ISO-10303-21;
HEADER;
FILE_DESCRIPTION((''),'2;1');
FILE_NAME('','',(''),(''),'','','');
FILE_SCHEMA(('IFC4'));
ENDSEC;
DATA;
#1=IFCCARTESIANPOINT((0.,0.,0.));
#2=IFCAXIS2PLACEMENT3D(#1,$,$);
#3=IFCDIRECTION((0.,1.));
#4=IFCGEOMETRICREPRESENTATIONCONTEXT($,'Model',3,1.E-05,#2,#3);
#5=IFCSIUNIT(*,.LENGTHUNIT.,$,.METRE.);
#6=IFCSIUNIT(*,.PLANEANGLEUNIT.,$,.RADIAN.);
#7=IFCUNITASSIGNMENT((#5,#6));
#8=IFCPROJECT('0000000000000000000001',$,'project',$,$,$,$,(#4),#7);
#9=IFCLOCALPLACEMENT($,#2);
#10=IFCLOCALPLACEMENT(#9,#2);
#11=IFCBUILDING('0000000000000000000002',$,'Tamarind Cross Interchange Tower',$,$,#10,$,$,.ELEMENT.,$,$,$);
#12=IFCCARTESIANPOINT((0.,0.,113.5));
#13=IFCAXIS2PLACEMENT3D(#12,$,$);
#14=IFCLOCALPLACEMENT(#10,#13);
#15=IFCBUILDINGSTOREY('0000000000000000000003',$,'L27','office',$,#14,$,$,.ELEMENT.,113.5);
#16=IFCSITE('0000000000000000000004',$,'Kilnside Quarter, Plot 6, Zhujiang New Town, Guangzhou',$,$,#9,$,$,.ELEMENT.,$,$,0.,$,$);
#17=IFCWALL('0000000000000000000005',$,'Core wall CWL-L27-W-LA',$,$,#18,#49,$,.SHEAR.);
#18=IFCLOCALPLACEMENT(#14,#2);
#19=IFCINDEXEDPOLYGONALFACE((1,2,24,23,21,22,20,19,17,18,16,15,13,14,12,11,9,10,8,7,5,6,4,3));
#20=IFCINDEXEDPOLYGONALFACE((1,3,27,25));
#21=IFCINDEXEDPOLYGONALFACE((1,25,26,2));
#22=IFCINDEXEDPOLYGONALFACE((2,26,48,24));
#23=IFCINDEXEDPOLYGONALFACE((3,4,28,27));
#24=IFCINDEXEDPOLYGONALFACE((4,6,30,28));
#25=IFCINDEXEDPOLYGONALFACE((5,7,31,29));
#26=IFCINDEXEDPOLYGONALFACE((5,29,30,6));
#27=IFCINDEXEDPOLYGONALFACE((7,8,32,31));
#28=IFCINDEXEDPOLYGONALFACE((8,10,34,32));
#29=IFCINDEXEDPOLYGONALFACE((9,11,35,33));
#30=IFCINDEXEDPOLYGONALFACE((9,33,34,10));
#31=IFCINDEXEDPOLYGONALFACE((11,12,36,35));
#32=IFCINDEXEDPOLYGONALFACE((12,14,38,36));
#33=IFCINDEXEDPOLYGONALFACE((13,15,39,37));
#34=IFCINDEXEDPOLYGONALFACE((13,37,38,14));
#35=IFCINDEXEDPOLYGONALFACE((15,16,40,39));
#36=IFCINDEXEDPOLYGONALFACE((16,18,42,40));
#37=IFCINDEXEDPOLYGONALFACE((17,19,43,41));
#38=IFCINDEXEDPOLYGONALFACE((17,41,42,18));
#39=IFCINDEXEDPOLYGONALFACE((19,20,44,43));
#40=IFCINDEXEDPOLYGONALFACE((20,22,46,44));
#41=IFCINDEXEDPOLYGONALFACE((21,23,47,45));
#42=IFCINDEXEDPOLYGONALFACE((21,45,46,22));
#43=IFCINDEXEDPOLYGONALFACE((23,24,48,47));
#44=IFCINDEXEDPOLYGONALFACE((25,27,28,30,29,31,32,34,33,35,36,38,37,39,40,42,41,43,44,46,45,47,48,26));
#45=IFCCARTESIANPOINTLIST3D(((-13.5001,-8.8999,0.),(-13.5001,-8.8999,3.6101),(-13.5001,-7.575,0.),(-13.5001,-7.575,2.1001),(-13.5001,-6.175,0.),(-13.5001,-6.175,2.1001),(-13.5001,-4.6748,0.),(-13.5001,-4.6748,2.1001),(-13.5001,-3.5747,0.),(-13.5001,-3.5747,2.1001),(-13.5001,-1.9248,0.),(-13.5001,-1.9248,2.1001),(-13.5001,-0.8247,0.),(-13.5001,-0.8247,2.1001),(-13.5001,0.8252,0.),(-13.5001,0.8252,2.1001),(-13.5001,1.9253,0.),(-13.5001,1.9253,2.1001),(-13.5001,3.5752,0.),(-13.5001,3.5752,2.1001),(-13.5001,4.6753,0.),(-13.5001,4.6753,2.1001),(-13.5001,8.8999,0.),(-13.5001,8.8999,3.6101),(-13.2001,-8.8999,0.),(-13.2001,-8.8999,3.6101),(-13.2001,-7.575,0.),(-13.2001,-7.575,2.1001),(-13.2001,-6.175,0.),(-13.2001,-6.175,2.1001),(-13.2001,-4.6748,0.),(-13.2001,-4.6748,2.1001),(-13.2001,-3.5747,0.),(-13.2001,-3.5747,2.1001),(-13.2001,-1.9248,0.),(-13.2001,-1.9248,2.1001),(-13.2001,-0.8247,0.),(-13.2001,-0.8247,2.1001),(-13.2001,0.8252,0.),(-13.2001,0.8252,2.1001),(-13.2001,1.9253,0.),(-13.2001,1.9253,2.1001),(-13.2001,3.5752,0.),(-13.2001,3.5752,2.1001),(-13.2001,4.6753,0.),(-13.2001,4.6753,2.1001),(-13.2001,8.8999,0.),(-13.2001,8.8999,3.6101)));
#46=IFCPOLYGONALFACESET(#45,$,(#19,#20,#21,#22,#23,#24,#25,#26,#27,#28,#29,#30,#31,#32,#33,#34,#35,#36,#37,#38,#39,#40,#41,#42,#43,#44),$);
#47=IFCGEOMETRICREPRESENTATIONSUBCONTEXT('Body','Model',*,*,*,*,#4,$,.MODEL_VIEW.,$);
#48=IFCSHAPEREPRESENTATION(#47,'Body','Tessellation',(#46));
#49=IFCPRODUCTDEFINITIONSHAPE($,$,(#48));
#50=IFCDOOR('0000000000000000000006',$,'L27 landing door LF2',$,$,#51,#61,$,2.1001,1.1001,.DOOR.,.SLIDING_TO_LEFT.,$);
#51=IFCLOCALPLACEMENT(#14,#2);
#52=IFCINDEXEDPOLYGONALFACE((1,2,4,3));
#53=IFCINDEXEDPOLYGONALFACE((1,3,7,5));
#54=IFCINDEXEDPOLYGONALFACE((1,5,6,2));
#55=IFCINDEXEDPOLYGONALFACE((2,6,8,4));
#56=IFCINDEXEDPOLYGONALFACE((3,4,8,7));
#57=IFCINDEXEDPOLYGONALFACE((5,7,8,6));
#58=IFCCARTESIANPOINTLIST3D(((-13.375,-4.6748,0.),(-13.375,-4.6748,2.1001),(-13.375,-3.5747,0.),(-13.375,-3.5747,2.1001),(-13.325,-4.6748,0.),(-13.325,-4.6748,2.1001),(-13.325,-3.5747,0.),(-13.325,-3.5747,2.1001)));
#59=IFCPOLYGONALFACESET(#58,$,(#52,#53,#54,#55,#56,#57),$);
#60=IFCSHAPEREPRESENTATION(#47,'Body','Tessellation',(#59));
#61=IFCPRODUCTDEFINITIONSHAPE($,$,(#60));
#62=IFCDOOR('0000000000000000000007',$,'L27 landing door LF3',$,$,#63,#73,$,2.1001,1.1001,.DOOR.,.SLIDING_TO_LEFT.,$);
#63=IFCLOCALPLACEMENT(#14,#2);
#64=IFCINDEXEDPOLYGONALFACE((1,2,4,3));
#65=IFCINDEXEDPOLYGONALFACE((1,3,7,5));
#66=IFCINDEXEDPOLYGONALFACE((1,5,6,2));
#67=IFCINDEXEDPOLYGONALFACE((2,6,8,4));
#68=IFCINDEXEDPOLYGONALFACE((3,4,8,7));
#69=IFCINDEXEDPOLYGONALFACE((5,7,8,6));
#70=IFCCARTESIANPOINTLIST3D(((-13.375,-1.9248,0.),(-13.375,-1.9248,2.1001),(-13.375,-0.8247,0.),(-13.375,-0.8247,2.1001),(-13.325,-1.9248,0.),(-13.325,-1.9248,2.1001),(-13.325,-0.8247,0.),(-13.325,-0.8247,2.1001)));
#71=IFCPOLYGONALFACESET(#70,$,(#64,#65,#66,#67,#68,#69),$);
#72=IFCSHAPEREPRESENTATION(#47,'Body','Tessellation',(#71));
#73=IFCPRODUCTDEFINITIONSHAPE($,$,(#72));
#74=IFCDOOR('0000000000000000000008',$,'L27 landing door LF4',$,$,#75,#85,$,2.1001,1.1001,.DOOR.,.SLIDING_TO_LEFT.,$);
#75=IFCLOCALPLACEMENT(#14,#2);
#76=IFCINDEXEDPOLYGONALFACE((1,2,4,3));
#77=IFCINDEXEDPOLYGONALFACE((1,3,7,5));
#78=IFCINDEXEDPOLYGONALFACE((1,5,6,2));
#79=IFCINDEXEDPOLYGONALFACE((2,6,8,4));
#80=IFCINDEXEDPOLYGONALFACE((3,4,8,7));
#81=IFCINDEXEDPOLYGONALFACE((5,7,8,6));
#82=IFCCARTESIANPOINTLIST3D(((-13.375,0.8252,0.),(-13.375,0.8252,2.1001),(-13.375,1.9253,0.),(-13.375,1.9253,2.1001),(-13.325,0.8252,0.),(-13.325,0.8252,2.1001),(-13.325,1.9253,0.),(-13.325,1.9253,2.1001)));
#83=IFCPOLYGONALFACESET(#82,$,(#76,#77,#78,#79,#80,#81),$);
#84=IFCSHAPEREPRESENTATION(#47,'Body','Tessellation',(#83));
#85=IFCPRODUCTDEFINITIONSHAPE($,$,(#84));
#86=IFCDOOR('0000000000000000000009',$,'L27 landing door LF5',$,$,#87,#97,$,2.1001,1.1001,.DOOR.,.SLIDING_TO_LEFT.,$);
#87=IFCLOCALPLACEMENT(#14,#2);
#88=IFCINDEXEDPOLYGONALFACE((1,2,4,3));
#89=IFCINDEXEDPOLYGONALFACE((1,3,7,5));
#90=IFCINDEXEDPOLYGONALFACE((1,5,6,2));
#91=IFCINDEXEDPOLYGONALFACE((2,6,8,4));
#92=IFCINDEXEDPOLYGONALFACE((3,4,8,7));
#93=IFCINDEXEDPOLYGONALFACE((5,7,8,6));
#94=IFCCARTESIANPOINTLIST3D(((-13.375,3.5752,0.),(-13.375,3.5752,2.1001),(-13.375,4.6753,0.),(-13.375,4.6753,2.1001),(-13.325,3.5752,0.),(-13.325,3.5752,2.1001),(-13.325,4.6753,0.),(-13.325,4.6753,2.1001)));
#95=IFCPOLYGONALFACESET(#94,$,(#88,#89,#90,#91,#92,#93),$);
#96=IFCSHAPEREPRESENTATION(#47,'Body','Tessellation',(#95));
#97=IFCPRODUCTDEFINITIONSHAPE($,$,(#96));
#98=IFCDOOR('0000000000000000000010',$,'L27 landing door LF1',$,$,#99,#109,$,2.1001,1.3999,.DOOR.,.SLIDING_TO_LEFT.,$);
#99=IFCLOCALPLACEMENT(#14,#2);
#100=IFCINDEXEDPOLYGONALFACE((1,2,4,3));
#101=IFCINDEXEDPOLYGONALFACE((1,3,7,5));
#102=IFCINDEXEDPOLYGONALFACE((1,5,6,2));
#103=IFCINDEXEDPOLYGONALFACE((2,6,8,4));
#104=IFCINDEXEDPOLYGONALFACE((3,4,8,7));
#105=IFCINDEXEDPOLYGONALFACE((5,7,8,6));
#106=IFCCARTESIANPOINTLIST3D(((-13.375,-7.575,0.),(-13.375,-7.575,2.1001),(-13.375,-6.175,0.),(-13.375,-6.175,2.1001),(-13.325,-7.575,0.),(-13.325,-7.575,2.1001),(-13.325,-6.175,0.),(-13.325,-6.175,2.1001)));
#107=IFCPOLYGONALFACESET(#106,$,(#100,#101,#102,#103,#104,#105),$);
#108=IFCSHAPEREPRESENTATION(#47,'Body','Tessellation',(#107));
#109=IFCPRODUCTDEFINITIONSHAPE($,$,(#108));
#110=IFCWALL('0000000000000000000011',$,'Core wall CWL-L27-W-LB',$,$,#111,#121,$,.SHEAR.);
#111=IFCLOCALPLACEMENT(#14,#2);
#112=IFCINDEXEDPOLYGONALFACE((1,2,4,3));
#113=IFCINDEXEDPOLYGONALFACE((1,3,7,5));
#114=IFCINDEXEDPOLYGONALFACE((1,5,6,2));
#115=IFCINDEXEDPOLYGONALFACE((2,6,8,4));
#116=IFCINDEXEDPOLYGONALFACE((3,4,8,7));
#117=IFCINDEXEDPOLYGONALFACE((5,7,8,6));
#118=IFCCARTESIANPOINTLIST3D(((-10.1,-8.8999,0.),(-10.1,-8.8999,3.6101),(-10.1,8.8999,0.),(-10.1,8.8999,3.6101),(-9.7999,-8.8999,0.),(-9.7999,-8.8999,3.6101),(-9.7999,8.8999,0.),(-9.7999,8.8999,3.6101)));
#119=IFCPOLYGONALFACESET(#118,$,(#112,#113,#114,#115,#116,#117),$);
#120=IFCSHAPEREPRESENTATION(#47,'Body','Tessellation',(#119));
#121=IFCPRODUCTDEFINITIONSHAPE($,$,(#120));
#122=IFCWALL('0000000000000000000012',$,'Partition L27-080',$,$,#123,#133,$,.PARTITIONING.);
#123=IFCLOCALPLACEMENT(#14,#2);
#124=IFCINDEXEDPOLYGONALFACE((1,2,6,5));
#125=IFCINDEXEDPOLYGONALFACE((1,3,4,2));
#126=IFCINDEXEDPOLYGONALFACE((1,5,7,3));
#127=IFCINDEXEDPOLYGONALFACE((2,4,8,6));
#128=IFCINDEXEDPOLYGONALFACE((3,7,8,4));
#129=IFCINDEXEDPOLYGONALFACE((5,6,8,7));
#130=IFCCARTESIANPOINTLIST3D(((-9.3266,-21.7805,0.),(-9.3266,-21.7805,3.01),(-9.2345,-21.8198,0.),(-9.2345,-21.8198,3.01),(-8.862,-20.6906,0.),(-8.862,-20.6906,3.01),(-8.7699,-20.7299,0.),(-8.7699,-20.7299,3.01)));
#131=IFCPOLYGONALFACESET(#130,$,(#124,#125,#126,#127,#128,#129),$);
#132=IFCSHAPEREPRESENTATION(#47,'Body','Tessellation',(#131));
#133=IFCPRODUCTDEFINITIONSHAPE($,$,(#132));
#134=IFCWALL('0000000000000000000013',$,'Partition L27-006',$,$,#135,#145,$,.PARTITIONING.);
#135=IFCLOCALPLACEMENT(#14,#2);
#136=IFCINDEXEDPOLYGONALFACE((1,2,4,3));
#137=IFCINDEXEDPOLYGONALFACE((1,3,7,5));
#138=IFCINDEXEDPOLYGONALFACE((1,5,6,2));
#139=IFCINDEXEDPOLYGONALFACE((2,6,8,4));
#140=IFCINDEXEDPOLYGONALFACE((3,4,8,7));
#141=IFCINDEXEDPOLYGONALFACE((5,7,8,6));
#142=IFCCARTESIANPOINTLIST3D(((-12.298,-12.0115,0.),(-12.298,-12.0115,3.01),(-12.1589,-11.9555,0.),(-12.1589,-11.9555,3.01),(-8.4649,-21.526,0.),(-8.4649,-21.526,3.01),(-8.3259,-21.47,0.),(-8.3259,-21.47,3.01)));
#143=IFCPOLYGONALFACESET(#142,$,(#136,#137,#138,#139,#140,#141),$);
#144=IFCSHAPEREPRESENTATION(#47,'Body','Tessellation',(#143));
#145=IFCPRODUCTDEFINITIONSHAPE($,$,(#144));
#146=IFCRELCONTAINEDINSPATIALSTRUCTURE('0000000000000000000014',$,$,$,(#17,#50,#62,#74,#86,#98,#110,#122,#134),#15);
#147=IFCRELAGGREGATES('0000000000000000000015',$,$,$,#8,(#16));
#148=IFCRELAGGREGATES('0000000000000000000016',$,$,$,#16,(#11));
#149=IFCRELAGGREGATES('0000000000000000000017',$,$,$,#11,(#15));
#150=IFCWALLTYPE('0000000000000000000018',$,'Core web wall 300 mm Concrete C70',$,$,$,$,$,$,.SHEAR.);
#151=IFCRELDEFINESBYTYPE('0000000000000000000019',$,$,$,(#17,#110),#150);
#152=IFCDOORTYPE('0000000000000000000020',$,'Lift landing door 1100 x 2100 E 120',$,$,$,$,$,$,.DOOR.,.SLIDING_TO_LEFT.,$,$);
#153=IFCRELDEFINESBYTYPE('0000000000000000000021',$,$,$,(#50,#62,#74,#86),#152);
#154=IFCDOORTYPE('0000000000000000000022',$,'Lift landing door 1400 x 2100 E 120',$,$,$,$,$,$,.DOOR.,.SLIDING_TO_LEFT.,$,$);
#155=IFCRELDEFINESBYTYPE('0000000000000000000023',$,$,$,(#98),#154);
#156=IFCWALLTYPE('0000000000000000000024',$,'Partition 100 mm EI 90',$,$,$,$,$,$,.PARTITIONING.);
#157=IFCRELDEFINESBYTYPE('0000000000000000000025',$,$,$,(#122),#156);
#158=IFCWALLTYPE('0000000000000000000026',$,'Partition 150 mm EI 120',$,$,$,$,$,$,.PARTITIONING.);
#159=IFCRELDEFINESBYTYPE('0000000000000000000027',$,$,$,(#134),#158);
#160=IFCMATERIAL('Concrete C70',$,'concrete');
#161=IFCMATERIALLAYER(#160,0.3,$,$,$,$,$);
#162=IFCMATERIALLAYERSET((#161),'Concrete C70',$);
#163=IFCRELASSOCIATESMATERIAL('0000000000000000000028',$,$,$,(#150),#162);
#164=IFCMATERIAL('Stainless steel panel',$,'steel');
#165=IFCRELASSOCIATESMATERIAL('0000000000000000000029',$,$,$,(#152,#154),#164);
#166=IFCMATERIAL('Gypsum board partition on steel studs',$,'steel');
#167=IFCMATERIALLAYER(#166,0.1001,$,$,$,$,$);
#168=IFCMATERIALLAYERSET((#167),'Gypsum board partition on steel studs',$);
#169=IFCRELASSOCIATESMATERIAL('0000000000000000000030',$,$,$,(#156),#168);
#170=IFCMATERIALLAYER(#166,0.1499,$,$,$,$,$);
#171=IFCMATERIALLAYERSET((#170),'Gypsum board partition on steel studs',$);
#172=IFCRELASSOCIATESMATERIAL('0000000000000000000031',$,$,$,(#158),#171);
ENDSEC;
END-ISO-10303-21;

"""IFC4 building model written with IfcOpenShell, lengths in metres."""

from ifc_helpers import new_model, si_unit, direction, frame, frame_2d, origin, place, context, subcontext, project, spatial, rectangle, extrude, material, layer, layer_set, type_object, element, fill, save


model = new_model("IFC4")

# Units and contexts
model_context = context("Model", 3, precision=1e-05, world=origin(), true_north=direction((0.0, 1.0)))
body_context = subcontext(model_context, "Body", "Model", "MODEL_VIEW")
ifc_project = project(units=[si_unit("LENGTHUNIT", "METRE"), si_unit("PLANEANGLEUNIT", "RADIAN")], contexts=[model_context])

# Site, building, storey
site_placement = place(None, origin())
site = spatial("IfcSite", under=ifc_project, at=site_placement, Name="Kilnside Quarter, Plot 6, Zhujiang New Town, Guangzhou", CompositionType="ELEMENT", RefElevation=0.0)
building_placement = place(site_placement, origin())
building = spatial("IfcBuilding", under=site, at=building_placement, Name="Tamarind Cross Interchange Tower", CompositionType="ELEMENT")
storey_placement = place(building_placement, frame((0.0, 0.0, 113.5)))
storey = spatial("IfcBuildingStorey", under=building, at=storey_placement, Name="L27", Description="office", CompositionType="ELEMENT", Elevation=113.5)

# Shared definitions
ifc_material_1 = material(Name="Concrete C70", Category="concrete")

# Shared definitions
ifc_layer_1 = layer(ifc_material_1, 0.3)
ifc_layer_set_1 = layer_set([ifc_layer_1], Name="Concrete C70")
wall_type_1 = type_object("IfcWallType", Name="Core web wall 300 mm Concrete C70", PredefinedType="SHEAR", material=ifc_layer_set_1)

# Wall, openings, doors
wall_1_placement = place(storey_placement, frame((-13.3501, -8.8999, 0.0), z_axis=(0.0, 0.0, 1.0), x_axis=(0.0, 1.0, 0.0)))
wall_1 = element("IfcWall", 1, at=wall_1_placement, inside=storey, type_object=wall_type_1, Name="Core wall CWL-L27-W-LA", PredefinedType="SHEAR", context=body_context, shape_type="SweptSolid", body=[
    extrude(rectangle(XDim=17.7998, YDim=0.3, at=frame_2d((8.8999, 0.0))), origin(), (0.0, 0.0, 1.0), 3.6101),
])
opening_1_placement = place(wall_1_placement, frame((1.325, 0.0, 0.0)))
opening_1 = element("IfcOpeningElement", 2, at=opening_1_placement, cuts=wall_1, PredefinedType="OPENING", context=body_context, shape_type="SweptSolid", body=[
    extrude(rectangle(XDim=1.3999, YDim=2.1001, at=frame_2d((0.7, 1.05))), frame((0.0, 0.1599, 0.0), z_axis=(0.0, -1.0, 0.0), x_axis=(1.0, 0.0, 0.0)), (0.0, 0.0, 1.0), 0.3201),
])
opening_2_placement = place(wall_1_placement, frame((4.2251, 0.0, 0.0)))
opening_2 = element("IfcOpeningElement", 3, at=opening_2_placement, cuts=wall_1, PredefinedType="OPENING", context=body_context, shape_type="SweptSolid", body=[
    extrude(rectangle(XDim=1.1001, YDim=2.1001, at=frame_2d((0.55, 1.05))), frame((0.0, 0.1599, 0.0), z_axis=(0.0, -1.0, 0.0), x_axis=(1.0, 0.0, 0.0)), (0.0, 0.0, 1.0), 0.3201),
])
opening_3_placement = place(wall_1_placement, frame((6.9751, 0.0, 0.0)))
opening_3 = element("IfcOpeningElement", 4, at=opening_3_placement, cuts=wall_1, PredefinedType="OPENING", context=body_context, shape_type="SweptSolid", body=[
    extrude(rectangle(XDim=1.1001, YDim=2.1001, at=frame_2d((0.55, 1.05))), frame((0.0, 0.1599, 0.0), z_axis=(0.0, -1.0, 0.0), x_axis=(1.0, 0.0, 0.0)), (0.0, 0.0, 1.0), 0.3201),
])
opening_4_placement = place(wall_1_placement, frame((9.7251, 0.0, 0.0)))
opening_4 = element("IfcOpeningElement", 5, at=opening_4_placement, cuts=wall_1, PredefinedType="OPENING", context=body_context, shape_type="SweptSolid", body=[
    extrude(rectangle(XDim=1.1001, YDim=2.1001, at=frame_2d((0.55, 1.05))), frame((0.0, 0.1599, 0.0), z_axis=(0.0, -1.0, 0.0), x_axis=(1.0, 0.0, 0.0)), (0.0, 0.0, 1.0), 0.3201),
])
opening_5_placement = place(wall_1_placement, frame((12.4751, 0.0, 0.0)))
opening_5 = element("IfcOpeningElement", 6, at=opening_5_placement, cuts=wall_1, PredefinedType="OPENING", context=body_context, shape_type="SweptSolid", body=[
    extrude(rectangle(XDim=1.1001, YDim=2.1001, at=frame_2d((0.55, 1.05))), frame((0.0, 0.1599, 0.0), z_axis=(0.0, -1.0, 0.0), x_axis=(1.0, 0.0, 0.0)), (0.0, 0.0, 1.0), 0.3201),
])
ifc_material_2 = material(Name="Stainless steel panel", Category="steel")
door_type_1 = type_object("IfcDoorType", Name="Lift landing door 1100 x 2100 E 120", OperationType="SLIDING_TO_LEFT", PredefinedType="DOOR", material=ifc_material_2)
door_1_placement = place(opening_2_placement, origin())
door_1 = element("IfcDoor", 7, at=door_1_placement, inside=storey, type_object=door_type_1, Name="L27 landing door LF2", OperationType="SLIDING_TO_LEFT", OverallHeight=2.1001, OverallWidth=1.1001, PredefinedType="DOOR", context=body_context, shape_type="SweptSolid", body=[
    extrude(rectangle(XDim=1.1001, YDim=2.1001, at=frame_2d((0.55, 1.05))), frame((0.0, 0.0249, 0.0), z_axis=(0.0, -1.0, 0.0), x_axis=(1.0, 0.0, 0.0)), (0.0, 0.0, 1.0), 0.05),
])
fill(opening_2, door_1)
door_2_placement = place(opening_3_placement, origin())
door_2 = element("IfcDoor", 8, at=door_2_placement, inside=storey, type_object=door_type_1, Name="L27 landing door LF3", OperationType="SLIDING_TO_LEFT", OverallHeight=2.1001, OverallWidth=1.1001, PredefinedType="DOOR", context=body_context, shape_type="SweptSolid", body=[
    extrude(rectangle(XDim=1.1001, YDim=2.1001, at=frame_2d((0.55, 1.05))), frame((0.0, 0.0249, 0.0), z_axis=(0.0, -1.0, 0.0), x_axis=(1.0, 0.0, 0.0)), (0.0, 0.0, 1.0), 0.05),
])
fill(opening_3, door_2)
door_3_placement = place(opening_4_placement, origin())
door_3 = element("IfcDoor", 9, at=door_3_placement, inside=storey, type_object=door_type_1, Name="L27 landing door LF4", OperationType="SLIDING_TO_LEFT", OverallHeight=2.1001, OverallWidth=1.1001, PredefinedType="DOOR", context=body_context, shape_type="SweptSolid", body=[
    extrude(rectangle(XDim=1.1001, YDim=2.1001, at=frame_2d((0.55, 1.05))), frame((0.0, 0.0249, 0.0), z_axis=(0.0, -1.0, 0.0), x_axis=(1.0, 0.0, 0.0)), (0.0, 0.0, 1.0), 0.05),
])
fill(opening_4, door_3)
door_4_placement = place(opening_5_placement, origin())
door_4 = element("IfcDoor", 10, at=door_4_placement, inside=storey, type_object=door_type_1, Name="L27 landing door LF5", OperationType="SLIDING_TO_LEFT", OverallHeight=2.1001, OverallWidth=1.1001, PredefinedType="DOOR", context=body_context, shape_type="SweptSolid", body=[
    extrude(rectangle(XDim=1.1001, YDim=2.1001, at=frame_2d((0.55, 1.05))), frame((0.0, 0.0249, 0.0), z_axis=(0.0, -1.0, 0.0), x_axis=(1.0, 0.0, 0.0)), (0.0, 0.0, 1.0), 0.05),
])
fill(opening_5, door_4)
door_type_2 = type_object("IfcDoorType", Name="Lift landing door 1400 x 2100 E 120", OperationType="SLIDING_TO_LEFT", PredefinedType="DOOR", material=ifc_material_2)
door_5_placement = place(opening_1_placement, origin())
door_5 = element("IfcDoor", 11, at=door_5_placement, inside=storey, type_object=door_type_2, Name="L27 landing door LF1", OperationType="SLIDING_TO_LEFT", OverallHeight=2.1001, OverallWidth=1.3999, PredefinedType="DOOR", context=body_context, shape_type="SweptSolid", body=[
    extrude(rectangle(XDim=1.3999, YDim=2.1001, at=frame_2d((0.7, 1.05))), frame((0.0, 0.0249, 0.0), z_axis=(0.0, -1.0, 0.0), x_axis=(1.0, 0.0, 0.0)), (0.0, 0.0, 1.0), 0.05),
])
fill(opening_1, door_5)

# Walls
wall_2_placement = place(storey_placement, frame((-9.95, -8.8999, 0.0), z_axis=(0.0, 0.0, 1.0), x_axis=(0.0, 1.0, 0.0)))
element("IfcWall", 12, at=wall_2_placement, inside=storey, type_object=wall_type_1, Name="Core wall CWL-L27-W-LB", PredefinedType="SHEAR", context=body_context, shape_type="SweptSolid", body=[
    extrude(rectangle(XDim=17.7998, YDim=0.3, at=frame_2d((8.8999, 0.0))), origin(), (0.0, 0.0, 1.0), 3.6101),
])
ifc_material_3 = material(Name="Gypsum board partition on steel studs", Category="steel")
ifc_layer_2 = layer(ifc_material_3, 0.1001)
ifc_layer_set_2 = layer_set([ifc_layer_2], Name="Gypsum board partition on steel studs")
wall_type_2 = type_object("IfcWallType", Name="Partition 100 mm EI 90", PredefinedType="PARTITIONING", material=ifc_layer_set_2)
wall_3_placement = place(storey_placement, frame((-9.2805, -21.8, 0.0), z_axis=(0.0, 0.0, 1.0), x_axis=(0.392153, 0.9199, 0.0)))
element("IfcWall", 13, at=wall_3_placement, inside=storey, type_object=wall_type_2, Name="Partition L27-080", PredefinedType="PARTITIONING", context=body_context, shape_type="SweptSolid", body=[
    extrude(rectangle(XDim=1.1848, YDim=0.1001, at=frame_2d((0.5923, 0.0))), origin(), (0.0, 0.0, 1.0), 3.01),
])
ifc_layer_3 = layer(ifc_material_3, 0.1499)
ifc_layer_set_3 = layer_set([ifc_layer_3], Name="Gypsum board partition on steel studs")
wall_type_3 = type_object("IfcWallType", Name="Partition 150 mm EI 120", PredefinedType="PARTITIONING", material=ifc_layer_set_3)
wall_4_placement = place(storey_placement, frame((-12.2285, -11.9834, 0.0), z_axis=(0.0, 0.0, 1.0), x_axis=(0.373679, -0.927558, 0.0)))
element("IfcWall", 14, at=wall_4_placement, inside=storey, type_object=wall_type_3, Name="Partition L27-006", PredefinedType="PARTITIONING", context=body_context, shape_type="SweptSolid", body=[
    extrude(rectangle(XDim=10.2576, YDim=0.1499, at=frame_2d((5.1289, 0.0))), origin(), (0.0, 0.0, 1.0), 3.01),
])

save(model, "model.ifc")
